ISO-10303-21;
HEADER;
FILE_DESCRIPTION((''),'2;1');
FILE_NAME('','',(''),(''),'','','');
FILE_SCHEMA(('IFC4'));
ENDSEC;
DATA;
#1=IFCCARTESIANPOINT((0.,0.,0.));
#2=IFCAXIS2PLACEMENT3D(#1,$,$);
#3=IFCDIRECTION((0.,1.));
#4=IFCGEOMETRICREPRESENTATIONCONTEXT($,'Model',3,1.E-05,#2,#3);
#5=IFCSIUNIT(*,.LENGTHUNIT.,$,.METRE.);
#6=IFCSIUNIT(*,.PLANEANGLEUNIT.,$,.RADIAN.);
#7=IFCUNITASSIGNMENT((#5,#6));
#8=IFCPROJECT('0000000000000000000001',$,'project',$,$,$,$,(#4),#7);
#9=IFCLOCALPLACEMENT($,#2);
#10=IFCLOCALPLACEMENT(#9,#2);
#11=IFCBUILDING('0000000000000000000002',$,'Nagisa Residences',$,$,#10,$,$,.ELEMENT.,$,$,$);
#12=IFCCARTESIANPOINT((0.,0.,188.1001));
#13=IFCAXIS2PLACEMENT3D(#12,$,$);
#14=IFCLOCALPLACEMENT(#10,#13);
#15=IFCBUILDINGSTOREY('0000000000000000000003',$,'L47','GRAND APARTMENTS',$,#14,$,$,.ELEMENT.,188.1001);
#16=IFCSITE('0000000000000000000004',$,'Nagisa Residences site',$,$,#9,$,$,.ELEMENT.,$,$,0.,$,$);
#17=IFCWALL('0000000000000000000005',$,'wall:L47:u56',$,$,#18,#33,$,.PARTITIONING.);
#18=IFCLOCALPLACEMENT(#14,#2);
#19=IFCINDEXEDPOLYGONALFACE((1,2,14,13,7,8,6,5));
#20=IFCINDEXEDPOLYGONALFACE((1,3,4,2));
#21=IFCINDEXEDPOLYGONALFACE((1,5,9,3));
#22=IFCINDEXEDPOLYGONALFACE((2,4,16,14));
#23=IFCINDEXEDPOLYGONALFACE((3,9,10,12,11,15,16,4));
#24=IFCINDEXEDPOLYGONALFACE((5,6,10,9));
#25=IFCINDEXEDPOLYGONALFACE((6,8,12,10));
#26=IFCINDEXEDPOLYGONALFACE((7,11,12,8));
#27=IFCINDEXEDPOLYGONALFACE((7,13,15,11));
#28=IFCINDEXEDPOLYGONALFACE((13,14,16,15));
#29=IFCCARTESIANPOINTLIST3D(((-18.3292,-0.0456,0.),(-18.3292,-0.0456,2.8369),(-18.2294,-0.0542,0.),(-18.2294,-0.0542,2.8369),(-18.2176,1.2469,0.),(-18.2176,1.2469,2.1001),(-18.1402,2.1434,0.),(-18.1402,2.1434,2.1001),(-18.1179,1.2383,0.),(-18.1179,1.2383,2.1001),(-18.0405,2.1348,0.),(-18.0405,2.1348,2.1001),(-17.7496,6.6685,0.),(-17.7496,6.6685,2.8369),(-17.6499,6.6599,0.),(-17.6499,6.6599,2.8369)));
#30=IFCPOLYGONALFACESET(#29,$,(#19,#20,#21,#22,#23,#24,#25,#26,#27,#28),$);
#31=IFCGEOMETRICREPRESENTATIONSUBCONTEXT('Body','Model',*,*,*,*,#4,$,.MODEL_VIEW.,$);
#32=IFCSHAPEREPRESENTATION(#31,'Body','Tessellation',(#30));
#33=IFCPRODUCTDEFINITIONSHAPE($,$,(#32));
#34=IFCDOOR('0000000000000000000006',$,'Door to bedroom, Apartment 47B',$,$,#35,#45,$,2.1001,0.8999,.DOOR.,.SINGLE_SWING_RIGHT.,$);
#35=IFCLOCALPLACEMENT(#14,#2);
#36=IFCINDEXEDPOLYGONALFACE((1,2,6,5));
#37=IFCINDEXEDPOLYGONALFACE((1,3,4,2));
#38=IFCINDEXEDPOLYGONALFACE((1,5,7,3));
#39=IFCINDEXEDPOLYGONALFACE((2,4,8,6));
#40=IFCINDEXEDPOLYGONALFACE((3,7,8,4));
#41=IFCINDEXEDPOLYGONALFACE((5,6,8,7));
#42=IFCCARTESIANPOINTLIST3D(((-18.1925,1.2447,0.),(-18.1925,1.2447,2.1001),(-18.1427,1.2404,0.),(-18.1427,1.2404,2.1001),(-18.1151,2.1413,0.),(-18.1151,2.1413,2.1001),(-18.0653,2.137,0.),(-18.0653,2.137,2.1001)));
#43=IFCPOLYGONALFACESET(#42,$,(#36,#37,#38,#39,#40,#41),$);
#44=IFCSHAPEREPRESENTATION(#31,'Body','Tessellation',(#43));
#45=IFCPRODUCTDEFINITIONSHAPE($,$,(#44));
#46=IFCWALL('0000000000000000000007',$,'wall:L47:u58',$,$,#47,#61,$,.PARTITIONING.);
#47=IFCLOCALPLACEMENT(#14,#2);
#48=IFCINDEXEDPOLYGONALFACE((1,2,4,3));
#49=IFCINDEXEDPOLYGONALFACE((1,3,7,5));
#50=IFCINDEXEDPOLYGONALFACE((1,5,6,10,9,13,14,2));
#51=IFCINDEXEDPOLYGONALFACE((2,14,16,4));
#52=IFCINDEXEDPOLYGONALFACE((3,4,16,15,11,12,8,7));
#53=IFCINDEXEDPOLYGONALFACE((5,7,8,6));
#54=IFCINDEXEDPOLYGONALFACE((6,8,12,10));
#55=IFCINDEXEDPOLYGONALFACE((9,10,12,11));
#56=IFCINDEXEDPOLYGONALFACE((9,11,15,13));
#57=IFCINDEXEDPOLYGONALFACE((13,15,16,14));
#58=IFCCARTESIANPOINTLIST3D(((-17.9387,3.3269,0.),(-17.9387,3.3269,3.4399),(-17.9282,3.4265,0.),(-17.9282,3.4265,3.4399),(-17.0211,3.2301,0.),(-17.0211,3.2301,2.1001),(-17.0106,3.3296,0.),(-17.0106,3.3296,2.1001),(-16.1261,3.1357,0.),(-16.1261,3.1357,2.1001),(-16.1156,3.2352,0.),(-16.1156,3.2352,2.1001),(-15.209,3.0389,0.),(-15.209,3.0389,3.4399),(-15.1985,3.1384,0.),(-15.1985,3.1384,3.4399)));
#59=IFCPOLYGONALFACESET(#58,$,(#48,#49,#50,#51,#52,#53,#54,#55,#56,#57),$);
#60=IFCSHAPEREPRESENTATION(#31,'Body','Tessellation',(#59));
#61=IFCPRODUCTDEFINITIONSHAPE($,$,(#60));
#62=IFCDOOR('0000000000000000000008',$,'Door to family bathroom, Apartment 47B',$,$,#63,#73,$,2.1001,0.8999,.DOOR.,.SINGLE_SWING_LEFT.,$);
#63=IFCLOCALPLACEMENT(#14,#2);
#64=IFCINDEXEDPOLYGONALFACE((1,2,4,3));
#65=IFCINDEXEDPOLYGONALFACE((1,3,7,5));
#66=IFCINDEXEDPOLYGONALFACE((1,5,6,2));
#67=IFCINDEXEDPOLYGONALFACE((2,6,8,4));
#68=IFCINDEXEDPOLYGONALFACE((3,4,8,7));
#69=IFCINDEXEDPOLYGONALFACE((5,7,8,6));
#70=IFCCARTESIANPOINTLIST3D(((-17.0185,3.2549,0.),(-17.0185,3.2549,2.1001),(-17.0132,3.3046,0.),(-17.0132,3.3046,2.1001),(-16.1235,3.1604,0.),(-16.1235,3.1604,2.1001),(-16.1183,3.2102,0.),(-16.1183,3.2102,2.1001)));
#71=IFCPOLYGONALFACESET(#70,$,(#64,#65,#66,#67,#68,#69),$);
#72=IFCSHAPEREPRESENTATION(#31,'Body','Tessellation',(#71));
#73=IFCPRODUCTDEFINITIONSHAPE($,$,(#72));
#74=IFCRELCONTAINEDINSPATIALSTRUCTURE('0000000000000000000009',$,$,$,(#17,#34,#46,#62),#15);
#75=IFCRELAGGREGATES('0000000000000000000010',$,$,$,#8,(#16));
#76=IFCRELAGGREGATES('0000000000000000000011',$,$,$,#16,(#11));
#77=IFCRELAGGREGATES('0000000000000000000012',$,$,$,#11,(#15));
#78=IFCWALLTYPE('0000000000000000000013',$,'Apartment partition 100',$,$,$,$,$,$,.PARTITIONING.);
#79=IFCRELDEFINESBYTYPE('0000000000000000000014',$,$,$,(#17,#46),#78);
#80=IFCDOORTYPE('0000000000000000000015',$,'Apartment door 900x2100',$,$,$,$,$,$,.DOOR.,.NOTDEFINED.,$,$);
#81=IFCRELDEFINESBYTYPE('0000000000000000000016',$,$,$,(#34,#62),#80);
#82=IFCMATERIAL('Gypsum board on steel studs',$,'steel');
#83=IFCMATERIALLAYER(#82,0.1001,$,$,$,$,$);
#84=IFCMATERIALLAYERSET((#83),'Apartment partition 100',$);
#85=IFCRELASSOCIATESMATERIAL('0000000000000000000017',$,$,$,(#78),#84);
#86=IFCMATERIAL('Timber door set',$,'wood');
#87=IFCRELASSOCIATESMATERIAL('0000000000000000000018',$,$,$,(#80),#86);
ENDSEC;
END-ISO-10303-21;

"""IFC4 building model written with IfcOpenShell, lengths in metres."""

from ifc_helpers import new_model, si_unit, direction, frame, frame_2d, origin, place, context, subcontext, project, spatial, rectangle, extrude, material, layer, layer_set, type_object, element, fill, save


model = new_model("IFC4")

# Units and contexts
model_context = context("Model", 3, precision=1e-05, world=origin(), true_north=direction((0.0, 1.0)))
body_context = subcontext(model_context, "Body", "Model", "MODEL_VIEW")
ifc_project = project(units=[si_unit("LENGTHUNIT", "METRE"), si_unit("PLANEANGLEUNIT", "RADIAN")], contexts=[model_context])

# Site, building, storey
site_placement = place(None, origin())
site = spatial("IfcSite", under=ifc_project, at=site_placement, Name="Nagisa Residences site", CompositionType="ELEMENT", RefElevation=0.0)
building_placement = place(site_placement, origin())
building = spatial("IfcBuilding", under=site, at=building_placement, Name="Nagisa Residences", CompositionType="ELEMENT")
storey_placement = place(building_placement, frame((0.0, 0.0, 188.1001)))
storey = spatial("IfcBuildingStorey", under=building, at=storey_placement, Name="L47", Description="GRAND APARTMENTS", CompositionType="ELEMENT", Elevation=188.1001)

# Walls, openings, doors
ifc_material_1 = material(Name="Gypsum board on steel studs", Category="steel")
ifc_layer_1 = layer(ifc_material_1, 0.1001)
ifc_layer_set_1 = layer_set([ifc_layer_1], Name="Apartment partition 100")
wall_type_1 = type_object("IfcWallType", Name="Apartment partition 100", PredefinedType="PARTITIONING", material=ifc_layer_set_1)
wall_1_placement = place(storey_placement, frame((-17.6997, 6.6643, 0.0), z_axis=(0.0, 0.0, 1.0), x_axis=(-0.086004, -0.996295, 0.0)))
wall_1 = element("IfcWall", 1, at=wall_1_placement, inside=storey, type_object=wall_type_1, Name="wall:L47:u56", PredefinedType="PARTITIONING", context=body_context, shape_type="SweptSolid", body=[
    extrude(rectangle(XDim=6.739, YDim=0.1001, at=frame_2d((3.3696, 0.0))), origin(), (0.0, 0.0, 1.0), 2.8369),
])
opening_1_placement = place(wall_1_placement, frame((4.542, 0.0, 0.0)))
opening_1 = element("IfcOpeningElement", 2, at=opening_1_placement, cuts=wall_1, PredefinedType="OPENING", context=body_context, shape_type="SweptSolid", body=[
    extrude(rectangle(XDim=0.8999, YDim=2.1001, at=frame_2d((0.45, 1.05))), frame((0.0, 0.0601, 0.0), z_axis=(0.0, -1.0, 0.0), x_axis=(1.0, 0.0, 0.0)), (0.0, 0.0, 1.0), 0.1201),
])
ifc_material_2 = material(Name="Timber door set", Category="wood")
door_type_1 = type_object("IfcDoorType", Name="Apartment door 900x2100", OperationType="NOTDEFINED", PredefinedType="DOOR", material=ifc_material_2)
door_1_placement = place(opening_1_placement, frame((0.8999, 0.0, 0.0), x_axis=(-1.0, 0.0, 0.0)))
door_1 = element("IfcDoor", 3, at=door_1_placement, inside=storey, type_object=door_type_1, Name="Door to bedroom, Apartment 47B", OperationType="SINGLE_SWING_RIGHT", OverallHeight=2.1001, OverallWidth=0.8999, PredefinedType="DOOR", context=body_context, shape_type="SweptSolid", body=[
    extrude(rectangle(XDim=0.8999, YDim=2.1001, at=frame_2d((0.45, 1.05))), frame((0.0, 0.0249, 0.0), z_axis=(0.0, -1.0, 0.0), x_axis=(1.0, 0.0, 0.0)), (0.0, 0.0, 1.0), 0.05),
])
fill(opening_1, door_1)
wall_2_placement = place(storey_placement, frame((-15.2036, 3.0886, 0.0), z_axis=(0.0, 0.0, 1.0), x_axis=(-0.994477, 0.104953, 0.0)))
wall_2 = element("IfcWall", 4, at=wall_2_placement, inside=storey, type_object=wall_type_1, Name="wall:L47:u58", PredefinedType="PARTITIONING", context=body_context, shape_type="SweptSolid", body=[
    extrude(rectangle(XDim=2.7449, YDim=0.1001, at=frame_2d((1.3726, 0.0))), origin(), (0.0, 0.0, 1.0), 3.4399),
])
opening_2_placement = place(wall_2_placement, frame((0.9224, 0.0, 0.0)))
opening_2 = element("IfcOpeningElement", 5, at=opening_2_placement, cuts=wall_2, PredefinedType="OPENING", context=body_context, shape_type="SweptSolid", body=[
    extrude(rectangle(XDim=0.8999, YDim=2.1001, at=frame_2d((0.45, 1.05))), frame((0.0, 0.0601, 0.0), z_axis=(0.0, -1.0, 0.0), x_axis=(1.0, 0.0, 0.0)), (0.0, 0.0, 1.0), 0.1201),
])
door_2_placement = place(opening_2_placement, frame((0.8999, 0.0, 0.0), x_axis=(-1.0, 0.0, 0.0)))
door_2 = element("IfcDoor", 6, at=door_2_placement, inside=storey, type_object=door_type_1, Name="Door to family bathroom, Apartment 47B", OperationType="SINGLE_SWING_LEFT", OverallHeight=2.1001, OverallWidth=0.8999, PredefinedType="DOOR", context=body_context, shape_type="SweptSolid", body=[
    extrude(rectangle(XDim=0.8999, YDim=2.1001, at=frame_2d((0.45, 1.05))), frame((0.0, 0.0249, 0.0), z_axis=(0.0, -1.0, 0.0), x_axis=(1.0, 0.0, 0.0)), (0.0, 0.0, 1.0), 0.05),
])
fill(opening_2, door_2)

save(model, "model.ifc")
